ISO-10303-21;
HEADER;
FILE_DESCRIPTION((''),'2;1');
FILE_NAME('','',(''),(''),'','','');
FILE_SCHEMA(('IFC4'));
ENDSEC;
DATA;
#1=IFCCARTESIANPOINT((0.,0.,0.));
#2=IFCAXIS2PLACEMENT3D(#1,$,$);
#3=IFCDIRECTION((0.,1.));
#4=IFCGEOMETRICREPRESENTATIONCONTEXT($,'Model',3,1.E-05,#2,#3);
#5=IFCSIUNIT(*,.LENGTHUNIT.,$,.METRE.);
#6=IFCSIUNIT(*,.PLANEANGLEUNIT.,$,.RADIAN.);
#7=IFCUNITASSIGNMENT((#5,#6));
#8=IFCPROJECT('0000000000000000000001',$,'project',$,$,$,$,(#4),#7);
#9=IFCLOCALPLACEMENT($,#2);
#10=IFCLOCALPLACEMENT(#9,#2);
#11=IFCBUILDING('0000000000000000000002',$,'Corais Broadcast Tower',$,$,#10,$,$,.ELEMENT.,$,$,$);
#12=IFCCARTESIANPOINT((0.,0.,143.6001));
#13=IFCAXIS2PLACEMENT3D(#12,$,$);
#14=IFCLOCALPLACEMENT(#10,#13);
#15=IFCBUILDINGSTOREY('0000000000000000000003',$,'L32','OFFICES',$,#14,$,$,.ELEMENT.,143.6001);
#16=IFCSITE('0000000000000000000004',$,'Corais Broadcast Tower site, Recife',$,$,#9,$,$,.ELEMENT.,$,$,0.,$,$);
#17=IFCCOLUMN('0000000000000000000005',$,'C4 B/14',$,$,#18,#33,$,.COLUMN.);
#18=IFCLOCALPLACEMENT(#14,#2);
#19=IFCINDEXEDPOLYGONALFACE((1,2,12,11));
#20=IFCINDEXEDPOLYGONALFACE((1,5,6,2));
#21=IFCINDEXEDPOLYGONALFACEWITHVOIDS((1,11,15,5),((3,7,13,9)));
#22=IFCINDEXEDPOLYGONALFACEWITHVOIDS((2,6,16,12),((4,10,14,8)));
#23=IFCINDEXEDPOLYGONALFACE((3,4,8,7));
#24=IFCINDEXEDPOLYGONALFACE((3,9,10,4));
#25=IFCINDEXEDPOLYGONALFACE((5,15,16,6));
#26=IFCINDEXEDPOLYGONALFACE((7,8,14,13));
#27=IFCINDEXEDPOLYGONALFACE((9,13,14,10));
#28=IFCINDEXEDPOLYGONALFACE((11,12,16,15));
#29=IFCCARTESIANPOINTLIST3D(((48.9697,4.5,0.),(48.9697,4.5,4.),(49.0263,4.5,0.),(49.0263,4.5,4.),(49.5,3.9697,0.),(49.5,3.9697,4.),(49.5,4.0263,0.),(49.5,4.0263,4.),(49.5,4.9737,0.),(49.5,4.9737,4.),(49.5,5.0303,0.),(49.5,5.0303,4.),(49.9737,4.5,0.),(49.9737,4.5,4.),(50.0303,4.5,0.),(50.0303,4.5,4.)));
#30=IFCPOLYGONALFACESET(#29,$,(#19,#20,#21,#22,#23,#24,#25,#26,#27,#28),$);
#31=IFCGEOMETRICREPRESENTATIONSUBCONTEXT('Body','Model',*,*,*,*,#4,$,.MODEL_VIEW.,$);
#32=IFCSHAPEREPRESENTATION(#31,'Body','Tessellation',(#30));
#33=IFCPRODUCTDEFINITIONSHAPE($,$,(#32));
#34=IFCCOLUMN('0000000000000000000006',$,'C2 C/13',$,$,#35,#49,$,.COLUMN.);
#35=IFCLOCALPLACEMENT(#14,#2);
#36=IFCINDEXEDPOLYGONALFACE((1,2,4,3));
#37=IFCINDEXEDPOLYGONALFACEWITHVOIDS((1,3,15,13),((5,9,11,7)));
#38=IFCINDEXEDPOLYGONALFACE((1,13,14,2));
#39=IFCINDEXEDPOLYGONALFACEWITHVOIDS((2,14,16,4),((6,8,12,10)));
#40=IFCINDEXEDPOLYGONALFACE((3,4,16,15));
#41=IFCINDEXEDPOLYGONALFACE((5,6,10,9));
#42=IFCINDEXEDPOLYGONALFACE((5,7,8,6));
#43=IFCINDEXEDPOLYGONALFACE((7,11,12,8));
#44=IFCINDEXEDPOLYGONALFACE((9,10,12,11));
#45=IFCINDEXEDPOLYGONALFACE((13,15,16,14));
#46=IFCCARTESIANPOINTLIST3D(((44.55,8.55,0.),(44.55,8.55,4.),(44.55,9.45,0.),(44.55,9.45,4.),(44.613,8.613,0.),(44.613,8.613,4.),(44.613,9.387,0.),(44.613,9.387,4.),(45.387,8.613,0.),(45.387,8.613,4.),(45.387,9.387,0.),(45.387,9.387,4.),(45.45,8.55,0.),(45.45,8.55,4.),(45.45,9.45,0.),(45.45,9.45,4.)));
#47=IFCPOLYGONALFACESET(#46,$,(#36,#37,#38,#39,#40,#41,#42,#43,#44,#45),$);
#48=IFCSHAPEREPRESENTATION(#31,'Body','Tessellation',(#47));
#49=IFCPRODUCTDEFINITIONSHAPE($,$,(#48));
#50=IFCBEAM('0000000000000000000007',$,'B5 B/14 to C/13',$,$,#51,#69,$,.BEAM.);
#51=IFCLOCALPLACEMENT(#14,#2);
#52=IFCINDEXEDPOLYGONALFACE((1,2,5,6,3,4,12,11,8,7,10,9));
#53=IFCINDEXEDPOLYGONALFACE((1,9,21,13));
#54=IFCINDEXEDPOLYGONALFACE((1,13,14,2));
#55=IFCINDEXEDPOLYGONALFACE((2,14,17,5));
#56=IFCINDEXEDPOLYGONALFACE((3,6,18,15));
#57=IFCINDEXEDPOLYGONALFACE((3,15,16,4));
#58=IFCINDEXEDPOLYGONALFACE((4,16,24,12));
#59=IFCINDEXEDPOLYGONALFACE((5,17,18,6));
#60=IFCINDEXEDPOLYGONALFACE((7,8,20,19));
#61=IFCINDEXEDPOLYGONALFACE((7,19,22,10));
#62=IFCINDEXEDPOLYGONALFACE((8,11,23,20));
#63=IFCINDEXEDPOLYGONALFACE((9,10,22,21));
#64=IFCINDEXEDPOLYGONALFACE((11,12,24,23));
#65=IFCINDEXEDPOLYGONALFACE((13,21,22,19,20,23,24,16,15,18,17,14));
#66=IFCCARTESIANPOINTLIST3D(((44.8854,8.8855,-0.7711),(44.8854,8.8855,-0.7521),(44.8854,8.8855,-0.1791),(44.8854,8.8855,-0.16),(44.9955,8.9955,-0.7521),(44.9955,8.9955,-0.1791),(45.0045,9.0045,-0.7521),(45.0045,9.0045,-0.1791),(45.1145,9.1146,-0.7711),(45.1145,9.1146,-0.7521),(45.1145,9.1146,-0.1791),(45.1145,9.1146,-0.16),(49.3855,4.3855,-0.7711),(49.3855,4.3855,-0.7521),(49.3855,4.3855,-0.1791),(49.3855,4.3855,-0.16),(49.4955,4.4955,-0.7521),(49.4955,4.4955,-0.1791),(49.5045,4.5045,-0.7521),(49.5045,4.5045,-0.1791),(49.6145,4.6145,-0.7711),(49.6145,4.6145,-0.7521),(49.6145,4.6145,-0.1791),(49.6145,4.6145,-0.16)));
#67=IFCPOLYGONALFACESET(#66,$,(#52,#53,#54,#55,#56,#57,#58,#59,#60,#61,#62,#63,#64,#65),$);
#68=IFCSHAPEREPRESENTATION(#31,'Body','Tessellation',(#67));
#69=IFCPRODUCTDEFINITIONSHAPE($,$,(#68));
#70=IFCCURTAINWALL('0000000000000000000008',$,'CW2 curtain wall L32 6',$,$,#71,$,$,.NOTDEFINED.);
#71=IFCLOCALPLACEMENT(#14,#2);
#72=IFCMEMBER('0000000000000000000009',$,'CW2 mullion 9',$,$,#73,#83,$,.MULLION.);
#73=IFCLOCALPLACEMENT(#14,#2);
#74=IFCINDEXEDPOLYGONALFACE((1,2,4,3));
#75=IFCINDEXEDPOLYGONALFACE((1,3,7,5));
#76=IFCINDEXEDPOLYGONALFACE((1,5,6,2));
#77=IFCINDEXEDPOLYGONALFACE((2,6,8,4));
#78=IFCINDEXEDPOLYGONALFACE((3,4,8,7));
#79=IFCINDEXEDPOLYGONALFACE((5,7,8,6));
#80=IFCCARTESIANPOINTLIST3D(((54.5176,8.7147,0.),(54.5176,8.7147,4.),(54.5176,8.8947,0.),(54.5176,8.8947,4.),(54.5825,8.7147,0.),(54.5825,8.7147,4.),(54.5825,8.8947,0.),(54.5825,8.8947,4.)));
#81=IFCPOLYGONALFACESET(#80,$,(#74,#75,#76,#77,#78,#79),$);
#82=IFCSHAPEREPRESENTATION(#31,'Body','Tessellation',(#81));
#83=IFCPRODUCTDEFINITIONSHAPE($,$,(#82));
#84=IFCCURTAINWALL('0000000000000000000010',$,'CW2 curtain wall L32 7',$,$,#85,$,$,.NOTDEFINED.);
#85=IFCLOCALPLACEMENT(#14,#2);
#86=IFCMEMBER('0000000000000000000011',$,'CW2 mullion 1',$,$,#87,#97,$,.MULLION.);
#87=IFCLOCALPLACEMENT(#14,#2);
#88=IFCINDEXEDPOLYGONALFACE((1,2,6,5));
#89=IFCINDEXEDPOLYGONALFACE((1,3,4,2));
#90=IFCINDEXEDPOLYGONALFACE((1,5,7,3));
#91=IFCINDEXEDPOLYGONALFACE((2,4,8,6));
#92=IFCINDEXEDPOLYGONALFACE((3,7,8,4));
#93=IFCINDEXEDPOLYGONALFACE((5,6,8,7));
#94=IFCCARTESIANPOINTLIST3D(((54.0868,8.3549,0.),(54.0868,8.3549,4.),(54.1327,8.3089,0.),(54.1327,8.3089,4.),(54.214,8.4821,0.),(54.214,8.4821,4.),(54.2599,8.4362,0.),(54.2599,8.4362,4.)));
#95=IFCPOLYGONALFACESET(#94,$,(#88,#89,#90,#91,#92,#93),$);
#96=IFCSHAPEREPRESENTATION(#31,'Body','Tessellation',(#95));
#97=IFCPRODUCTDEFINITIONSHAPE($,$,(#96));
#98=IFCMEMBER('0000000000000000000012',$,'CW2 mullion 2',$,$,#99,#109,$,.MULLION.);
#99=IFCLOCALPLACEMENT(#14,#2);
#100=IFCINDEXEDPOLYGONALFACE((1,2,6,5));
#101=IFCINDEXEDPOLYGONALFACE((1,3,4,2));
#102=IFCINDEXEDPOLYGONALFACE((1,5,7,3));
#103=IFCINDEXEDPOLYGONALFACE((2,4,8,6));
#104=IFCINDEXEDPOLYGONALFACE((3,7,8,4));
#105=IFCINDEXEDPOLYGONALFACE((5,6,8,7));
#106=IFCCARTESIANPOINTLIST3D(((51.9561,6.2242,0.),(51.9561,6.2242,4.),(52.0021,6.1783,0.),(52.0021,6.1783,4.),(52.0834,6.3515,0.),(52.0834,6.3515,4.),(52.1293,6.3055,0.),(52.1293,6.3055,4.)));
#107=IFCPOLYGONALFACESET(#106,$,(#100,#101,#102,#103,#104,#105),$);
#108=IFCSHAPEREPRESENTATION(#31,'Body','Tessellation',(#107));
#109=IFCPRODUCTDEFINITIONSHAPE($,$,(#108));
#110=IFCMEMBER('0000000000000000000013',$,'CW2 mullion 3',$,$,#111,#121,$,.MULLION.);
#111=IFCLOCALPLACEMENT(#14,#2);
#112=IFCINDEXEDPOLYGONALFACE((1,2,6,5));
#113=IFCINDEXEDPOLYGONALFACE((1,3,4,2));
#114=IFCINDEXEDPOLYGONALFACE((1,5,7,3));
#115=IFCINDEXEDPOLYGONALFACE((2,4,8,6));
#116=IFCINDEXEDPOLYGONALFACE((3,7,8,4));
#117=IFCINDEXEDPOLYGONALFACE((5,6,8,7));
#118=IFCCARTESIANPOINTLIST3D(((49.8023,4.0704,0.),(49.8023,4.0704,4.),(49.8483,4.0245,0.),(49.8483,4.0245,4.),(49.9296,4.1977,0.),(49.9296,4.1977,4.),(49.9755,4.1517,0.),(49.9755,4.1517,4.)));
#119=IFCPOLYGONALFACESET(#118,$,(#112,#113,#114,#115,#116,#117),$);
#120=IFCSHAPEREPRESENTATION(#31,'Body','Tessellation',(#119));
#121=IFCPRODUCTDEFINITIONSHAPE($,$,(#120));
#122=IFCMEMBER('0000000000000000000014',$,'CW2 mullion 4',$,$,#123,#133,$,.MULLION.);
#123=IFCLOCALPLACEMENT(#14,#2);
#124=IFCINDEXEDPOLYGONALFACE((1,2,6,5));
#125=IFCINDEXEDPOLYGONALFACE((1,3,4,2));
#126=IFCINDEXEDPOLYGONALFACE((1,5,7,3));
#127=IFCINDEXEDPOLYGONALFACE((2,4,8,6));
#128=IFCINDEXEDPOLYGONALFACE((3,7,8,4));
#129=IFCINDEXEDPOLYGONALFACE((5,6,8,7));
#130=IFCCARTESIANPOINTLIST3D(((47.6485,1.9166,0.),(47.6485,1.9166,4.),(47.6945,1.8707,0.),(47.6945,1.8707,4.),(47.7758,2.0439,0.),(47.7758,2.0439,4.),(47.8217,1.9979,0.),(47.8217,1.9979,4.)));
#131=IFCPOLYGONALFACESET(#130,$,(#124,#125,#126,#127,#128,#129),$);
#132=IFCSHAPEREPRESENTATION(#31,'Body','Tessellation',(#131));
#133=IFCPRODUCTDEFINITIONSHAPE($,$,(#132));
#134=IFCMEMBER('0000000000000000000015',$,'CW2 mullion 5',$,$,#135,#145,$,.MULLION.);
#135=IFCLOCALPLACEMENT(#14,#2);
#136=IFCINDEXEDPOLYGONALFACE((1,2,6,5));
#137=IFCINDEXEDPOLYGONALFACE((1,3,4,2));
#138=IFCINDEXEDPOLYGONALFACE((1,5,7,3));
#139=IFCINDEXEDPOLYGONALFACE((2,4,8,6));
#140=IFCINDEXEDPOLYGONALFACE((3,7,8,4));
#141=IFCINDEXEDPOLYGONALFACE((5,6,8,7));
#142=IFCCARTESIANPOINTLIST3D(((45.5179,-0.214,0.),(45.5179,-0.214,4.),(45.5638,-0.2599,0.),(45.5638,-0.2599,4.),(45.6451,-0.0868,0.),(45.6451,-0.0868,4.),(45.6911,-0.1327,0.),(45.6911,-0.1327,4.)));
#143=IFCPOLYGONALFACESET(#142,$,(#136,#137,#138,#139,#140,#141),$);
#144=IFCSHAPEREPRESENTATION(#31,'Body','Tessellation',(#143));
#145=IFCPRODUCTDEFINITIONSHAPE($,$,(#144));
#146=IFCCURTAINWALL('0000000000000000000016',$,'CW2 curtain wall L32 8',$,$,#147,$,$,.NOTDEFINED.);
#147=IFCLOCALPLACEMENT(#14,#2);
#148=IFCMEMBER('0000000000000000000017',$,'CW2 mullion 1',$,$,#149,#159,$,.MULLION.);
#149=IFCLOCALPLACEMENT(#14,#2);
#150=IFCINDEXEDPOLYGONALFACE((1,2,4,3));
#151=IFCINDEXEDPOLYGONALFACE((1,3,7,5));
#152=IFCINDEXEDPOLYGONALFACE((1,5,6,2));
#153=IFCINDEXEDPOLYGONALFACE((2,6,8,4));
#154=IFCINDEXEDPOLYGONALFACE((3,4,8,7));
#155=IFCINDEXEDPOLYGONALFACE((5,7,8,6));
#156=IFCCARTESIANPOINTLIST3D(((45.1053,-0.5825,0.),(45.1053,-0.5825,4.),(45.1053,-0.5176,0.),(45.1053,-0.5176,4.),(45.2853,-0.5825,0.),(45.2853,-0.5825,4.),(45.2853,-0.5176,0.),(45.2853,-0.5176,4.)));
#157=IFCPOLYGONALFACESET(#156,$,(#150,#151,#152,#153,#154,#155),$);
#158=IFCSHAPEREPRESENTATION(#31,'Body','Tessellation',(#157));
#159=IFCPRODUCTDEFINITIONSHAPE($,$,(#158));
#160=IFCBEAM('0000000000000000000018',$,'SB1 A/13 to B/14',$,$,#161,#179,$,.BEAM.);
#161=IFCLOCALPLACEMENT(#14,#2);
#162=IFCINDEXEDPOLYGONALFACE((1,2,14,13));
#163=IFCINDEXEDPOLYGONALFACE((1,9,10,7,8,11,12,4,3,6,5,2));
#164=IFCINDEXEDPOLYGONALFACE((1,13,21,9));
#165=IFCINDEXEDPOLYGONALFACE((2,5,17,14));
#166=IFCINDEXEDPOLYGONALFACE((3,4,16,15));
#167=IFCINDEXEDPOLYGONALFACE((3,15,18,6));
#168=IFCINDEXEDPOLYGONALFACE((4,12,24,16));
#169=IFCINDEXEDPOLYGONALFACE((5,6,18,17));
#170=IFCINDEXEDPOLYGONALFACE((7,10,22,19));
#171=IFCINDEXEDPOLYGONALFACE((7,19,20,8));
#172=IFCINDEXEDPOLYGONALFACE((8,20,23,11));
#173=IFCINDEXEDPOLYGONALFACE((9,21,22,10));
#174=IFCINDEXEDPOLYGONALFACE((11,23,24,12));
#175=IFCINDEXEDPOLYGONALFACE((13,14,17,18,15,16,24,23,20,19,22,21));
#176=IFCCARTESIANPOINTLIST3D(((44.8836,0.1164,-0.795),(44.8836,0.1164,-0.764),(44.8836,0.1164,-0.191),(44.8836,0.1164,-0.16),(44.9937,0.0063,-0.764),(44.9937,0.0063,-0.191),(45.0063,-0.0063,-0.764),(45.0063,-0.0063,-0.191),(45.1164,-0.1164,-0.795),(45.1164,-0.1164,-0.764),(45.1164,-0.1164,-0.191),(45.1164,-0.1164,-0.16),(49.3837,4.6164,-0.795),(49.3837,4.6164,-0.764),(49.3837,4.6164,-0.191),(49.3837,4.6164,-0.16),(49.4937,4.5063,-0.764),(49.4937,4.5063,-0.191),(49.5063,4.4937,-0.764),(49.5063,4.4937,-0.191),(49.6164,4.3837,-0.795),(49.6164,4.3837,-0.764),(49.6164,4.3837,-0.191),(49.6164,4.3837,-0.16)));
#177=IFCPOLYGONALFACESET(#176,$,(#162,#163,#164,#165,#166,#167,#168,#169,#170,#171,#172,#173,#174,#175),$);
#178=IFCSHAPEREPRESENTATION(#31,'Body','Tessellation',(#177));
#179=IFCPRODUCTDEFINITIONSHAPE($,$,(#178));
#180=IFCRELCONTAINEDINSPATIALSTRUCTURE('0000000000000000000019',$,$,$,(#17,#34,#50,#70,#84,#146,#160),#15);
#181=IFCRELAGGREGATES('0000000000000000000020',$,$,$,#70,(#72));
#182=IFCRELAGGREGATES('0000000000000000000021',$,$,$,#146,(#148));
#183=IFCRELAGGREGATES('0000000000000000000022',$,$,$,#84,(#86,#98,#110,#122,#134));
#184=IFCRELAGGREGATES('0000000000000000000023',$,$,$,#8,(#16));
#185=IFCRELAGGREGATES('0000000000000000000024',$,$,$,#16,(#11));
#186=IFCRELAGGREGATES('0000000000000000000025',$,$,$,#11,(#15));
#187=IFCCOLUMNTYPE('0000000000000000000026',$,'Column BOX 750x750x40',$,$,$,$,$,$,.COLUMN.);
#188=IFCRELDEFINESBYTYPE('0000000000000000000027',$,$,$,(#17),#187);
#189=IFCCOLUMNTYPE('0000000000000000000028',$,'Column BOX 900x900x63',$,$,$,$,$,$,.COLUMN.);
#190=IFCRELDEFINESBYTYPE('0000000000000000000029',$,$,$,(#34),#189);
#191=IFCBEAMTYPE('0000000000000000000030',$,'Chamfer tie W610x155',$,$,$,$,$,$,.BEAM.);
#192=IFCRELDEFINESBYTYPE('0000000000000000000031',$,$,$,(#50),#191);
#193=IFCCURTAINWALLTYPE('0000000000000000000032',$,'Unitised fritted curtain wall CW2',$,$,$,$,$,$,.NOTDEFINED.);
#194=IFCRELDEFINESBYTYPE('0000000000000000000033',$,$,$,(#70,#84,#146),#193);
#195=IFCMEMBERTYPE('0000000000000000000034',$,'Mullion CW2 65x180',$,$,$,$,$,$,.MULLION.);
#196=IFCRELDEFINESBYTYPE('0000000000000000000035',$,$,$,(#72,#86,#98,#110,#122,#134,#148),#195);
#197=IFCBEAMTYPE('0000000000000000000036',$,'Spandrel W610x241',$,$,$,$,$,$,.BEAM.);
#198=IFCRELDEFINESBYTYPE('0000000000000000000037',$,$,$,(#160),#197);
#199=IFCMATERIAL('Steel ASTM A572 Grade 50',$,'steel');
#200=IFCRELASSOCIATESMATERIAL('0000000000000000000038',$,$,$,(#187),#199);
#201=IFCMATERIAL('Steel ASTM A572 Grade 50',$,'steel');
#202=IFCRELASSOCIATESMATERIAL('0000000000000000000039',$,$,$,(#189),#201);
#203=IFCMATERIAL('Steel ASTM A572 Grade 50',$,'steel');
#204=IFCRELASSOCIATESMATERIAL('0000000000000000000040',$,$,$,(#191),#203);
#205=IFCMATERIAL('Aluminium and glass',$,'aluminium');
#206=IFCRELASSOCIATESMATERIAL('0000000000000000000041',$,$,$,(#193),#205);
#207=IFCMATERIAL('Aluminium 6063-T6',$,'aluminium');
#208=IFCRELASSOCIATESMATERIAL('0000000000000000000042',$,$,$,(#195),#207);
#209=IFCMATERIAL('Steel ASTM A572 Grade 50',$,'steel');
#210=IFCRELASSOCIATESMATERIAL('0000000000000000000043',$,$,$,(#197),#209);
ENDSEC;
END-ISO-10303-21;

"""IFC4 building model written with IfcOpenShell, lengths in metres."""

from ifc_helpers import new_model, si_unit, direction, frame, origin, origin_2d, place, context, subcontext, project, spatial, rectangle, hollow_rectangle, i_section, extrude, material, material_profile, profile_set, type_object, element, aggregate, save


model = new_model("IFC4")

# Units and contexts
model_context = context("Model", 3, precision=1e-05, world=origin(), true_north=direction((0.0, 1.0)))
body_context = subcontext(model_context, "Body", "Model", "MODEL_VIEW")
ifc_project = project(units=[si_unit("LENGTHUNIT", "METRE"), si_unit("PLANEANGLEUNIT", "RADIAN")], contexts=[model_context])

# Site, building, storey
site_placement = place(None, origin())
site = spatial("IfcSite", under=ifc_project, at=site_placement, Name="Corais Broadcast Tower site, Recife", CompositionType="ELEMENT", RefElevation=0.0)
building_placement = place(site_placement, origin())
building = spatial("IfcBuilding", under=site, at=building_placement, Name="Corais Broadcast Tower", CompositionType="ELEMENT")
storey_placement = place(building_placement, frame((0.0, 0.0, 143.6001)))
storey = spatial("IfcBuildingStorey", under=building, at=storey_placement, Name="L32", Description="OFFICES", CompositionType="ELEMENT", Elevation=143.6001)

# Columns
ifc_material_1 = material(Name="Steel ASTM A572 Grade 50", Category="steel")
ifc_material_profile_1 = material_profile(ifc_material_1, hollow_rectangle(XDim=0.75, YDim=0.75, WallThickness=0.04, at=origin_2d()), Name="BOX 750x750x40")
ifc_profile_set_1 = profile_set([ifc_material_profile_1], Name="Steel ASTM A572 Grade 50")
column_type_1 = type_object("IfcColumnType", Name="Column BOX 750x750x40", PredefinedType="COLUMN", material=ifc_profile_set_1)
column_1_placement = place(storey_placement, frame((49.5, 4.5, 0.0), z_axis=(0.0, 0.0, 1.0), x_axis=(0.707107, 0.707107, 0.0)))
element("IfcColumn", 1, at=column_1_placement, inside=storey, type_object=column_type_1, Name="C4 B/14", PredefinedType="COLUMN", context=body_context, shape_type="SweptSolid", body=[
    extrude(hollow_rectangle(XDim=0.75, YDim=0.75, WallThickness=0.04, at=origin_2d()), origin(), (0.0, 0.0, 1.0), 4.0),
])
ifc_material_2 = material(Name="Steel ASTM A572 Grade 50", Category="steel")
ifc_material_profile_2 = material_profile(ifc_material_2, hollow_rectangle(XDim=0.8999, YDim=0.8999, WallThickness=0.063, at=origin_2d()), Name="BOX 900x900x63")
ifc_profile_set_2 = profile_set([ifc_material_profile_2], Name="Steel ASTM A572 Grade 50")
column_type_2 = type_object("IfcColumnType", Name="Column BOX 900x900x63", PredefinedType="COLUMN", material=ifc_profile_set_2)
column_2_placement = place(storey_placement, frame((45.0, 9.0, 0.0), z_axis=(0.0, 0.0, 1.0), x_axis=(1.0, 0.0, 0.0)))
element("IfcColumn", 2, at=column_2_placement, inside=storey, type_object=column_type_2, Name="C2 C/13", PredefinedType="COLUMN", context=body_context, shape_type="SweptSolid", body=[
    extrude(hollow_rectangle(XDim=0.8999, YDim=0.8999, WallThickness=0.063, at=origin_2d()), origin(), (0.0, 0.0, 1.0), 4.0),
])

# Beam
ifc_material_3 = material(Name="Steel ASTM A572 Grade 50", Category="steel")
ifc_material_profile_3 = material_profile(ifc_material_3, i_section(OverallWidth=0.324, OverallDepth=0.6111, WebThickness=0.0127, FlangeThickness=0.019, at=origin_2d()), Name="W610x155")
ifc_profile_set_3 = profile_set([ifc_material_profile_3], Name="Steel ASTM A572 Grade 50")
beam_type_1 = type_object("IfcBeamType", Name="Chamfer tie W610x155", PredefinedType="BEAM", material=ifc_profile_set_3)
beam_placement = place(storey_placement, frame((49.5, 4.5, -0.4656), z_axis=(-0.707107, 0.707107, 0.0), x_axis=(-0.707107, -0.707107, 0.0)))
element("IfcBeam", 3, at=beam_placement, inside=storey, type_object=beam_type_1, Name="B5 B/14 to C/13", PredefinedType="BEAM", context=body_context, shape_type="SweptSolid", body=[
    extrude(i_section(OverallWidth=0.324, OverallDepth=0.6111, WebThickness=0.0127, FlangeThickness=0.019, at=origin_2d()), origin(), (0.0, 0.0, 1.0), 6.364),
])

# Curtain wall, member
ifc_material_4 = material(Name="Aluminium and glass", Category="aluminium")
curtain_wall_type = type_object("IfcCurtainWallType", Name="Unitised fritted curtain wall CW2", PredefinedType="NOTDEFINED", material=ifc_material_4)
curtain_wall_1_placement = place(storey_placement, origin())
curtain_wall_1 = element("IfcCurtainWall", 4, at=curtain_wall_1_placement, inside=storey, type_object=curtain_wall_type, Name="CW2 curtain wall L32 6", PredefinedType="NOTDEFINED")
ifc_material_5 = material(Name="Aluminium 6063-T6", Category="aluminium")
ifc_material_profile_4 = material_profile(ifc_material_5, rectangle(XDim=0.0649, YDim=0.1799, at=origin_2d()), Name="Mullion CW2 65x180")
ifc_profile_set_4 = profile_set([ifc_material_profile_4], Name="Aluminium 6063-T6")
member_type_1 = type_object("IfcMemberType", Name="Mullion CW2 65x180", PredefinedType="MULLION", material=ifc_profile_set_4)
member_1_placement = place(storey_placement, frame((54.55, 8.8047, 0.0), z_axis=(0.0, 0.0, 1.0), x_axis=(1.0, 0.0, 0.0)))
member_1 = element("IfcMember", 5, at=member_1_placement, type_object=member_type_1, Name="CW2 mullion 9", PredefinedType="MULLION", context=body_context, shape_type="SweptSolid", body=[
    extrude(rectangle(XDim=0.0649, YDim=0.1799, at=origin_2d()), origin(), (0.0, 0.0, 1.0), 4.0),
])
aggregate(curtain_wall_1, [member_1])

# Curtain wall, members
curtain_wall_2_placement = place(storey_placement, origin())
curtain_wall_2 = element("IfcCurtainWall", 6, at=curtain_wall_2_placement, inside=storey, type_object=curtain_wall_type, Name="CW2 curtain wall L32 7", PredefinedType="NOTDEFINED")
member_2_placement = place(storey_placement, frame((54.1733, 8.3955, 0.0), z_axis=(0.0, 0.0, 1.0), x_axis=(0.707107, -0.707107, 0.0)))
member_2 = element("IfcMember", 7, at=member_2_placement, type_object=member_type_1, Name="CW2 mullion 1", PredefinedType="MULLION", context=body_context, shape_type="SweptSolid", body=[
    extrude(rectangle(XDim=0.0649, YDim=0.1799, at=origin_2d()), origin(), (0.0, 0.0, 1.0), 4.0),
])
member_3_placement = place(storey_placement, frame((52.0427, 6.2649, 0.0), z_axis=(0.0, 0.0, 1.0), x_axis=(0.707107, -0.707107, 0.0)))
member_3 = element("IfcMember", 8, at=member_3_placement, type_object=member_type_1, Name="CW2 mullion 2", PredefinedType="MULLION", context=body_context, shape_type="SweptSolid", body=[
    extrude(rectangle(XDim=0.0649, YDim=0.1799, at=origin_2d()), origin(), (0.0, 0.0, 1.0), 4.0),
])
member_4_placement = place(storey_placement, frame((49.8889, 4.1111, 0.0), z_axis=(0.0, 0.0, 1.0), x_axis=(0.707107, -0.707107, 0.0)))
member_4 = element("IfcMember", 9, at=member_4_placement, type_object=member_type_1, Name="CW2 mullion 3", PredefinedType="MULLION", context=body_context, shape_type="SweptSolid", body=[
    extrude(rectangle(XDim=0.0649, YDim=0.1799, at=origin_2d()), origin(), (0.0, 0.0, 1.0), 4.0),
])
member_5_placement = place(storey_placement, frame((47.7351, 1.9573, 0.0), z_axis=(0.0, 0.0, 1.0), x_axis=(0.707107, -0.707107, 0.0)))
member_5 = element("IfcMember", 10, at=member_5_placement, type_object=member_type_1, Name="CW2 mullion 4", PredefinedType="MULLION", context=body_context, shape_type="SweptSolid", body=[
    extrude(rectangle(XDim=0.0649, YDim=0.1799, at=origin_2d()), origin(), (0.0, 0.0, 1.0), 4.0),
])
member_6_placement = place(storey_placement, frame((45.6045, -0.1733, 0.0), z_axis=(0.0, 0.0, 1.0), x_axis=(0.707107, -0.707107, 0.0)))
member_6 = element("IfcMember", 11, at=member_6_placement, type_object=member_type_1, Name="CW2 mullion 5", PredefinedType="MULLION", context=body_context, shape_type="SweptSolid", body=[
    extrude(rectangle(XDim=0.0649, YDim=0.1799, at=origin_2d()), origin(), (0.0, 0.0, 1.0), 4.0),
])

# Curtain wall, member
curtain_wall_3_placement = place(storey_placement, origin())
curtain_wall_3 = element("IfcCurtainWall", 12, at=curtain_wall_3_placement, inside=storey, type_object=curtain_wall_type, Name="CW2 curtain wall L32 8", PredefinedType="NOTDEFINED")
member_7_placement = place(storey_placement, frame((45.1953, -0.55, 0.0), z_axis=(0.0, 0.0, 1.0), x_axis=(0.0, -1.0, 0.0)))
member_7 = element("IfcMember", 13, at=member_7_placement, type_object=member_type_1, Name="CW2 mullion 1", PredefinedType="MULLION", context=body_context, shape_type="SweptSolid", body=[
    extrude(rectangle(XDim=0.0649, YDim=0.1799, at=origin_2d()), origin(), (0.0, 0.0, 1.0), 4.0),
])

# Beam
ifc_material_6 = material(Name="Steel ASTM A572 Grade 50", Category="steel")
ifc_material_profile_5 = material_profile(ifc_material_6, i_section(OverallWidth=0.3291, OverallDepth=0.635, WebThickness=0.0178, FlangeThickness=0.031, at=origin_2d()), Name="W610x241")
ifc_profile_set_5 = profile_set([ifc_material_profile_5], Name="Steel ASTM A572 Grade 50")
beam_type_2 = type_object("IfcBeamType", Name="Spandrel W610x241", PredefinedType="BEAM", material=ifc_profile_set_5)
for number, where, z_axis, x_axis, name in (
    (14, (45.0, 0.0, -0.4775), (0.707107, 0.707107, 0.0), (-0.707107, 0.707107, 0.0), "SB1 A/13 to B/14"),
):
    element("IfcBeam", number, at=place(storey_placement, frame(where, z_axis=z_axis, x_axis=x_axis)), inside=storey, type_object=beam_type_2, Name=name, PredefinedType="BEAM", context=body_context, shape_type="SweptSolid", body=[
        extrude(i_section(OverallWidth=0.3291, OverallDepth=0.635, WebThickness=0.0178, FlangeThickness=0.031, at=origin_2d()), origin(), (0.0, 0.0, 1.0), 6.364),
    ])

aggregate(curtain_wall_3, [member_7])

aggregate(curtain_wall_2, [member_2, member_3, member_4, member_5, member_6])

save(model, "model.ifc")
